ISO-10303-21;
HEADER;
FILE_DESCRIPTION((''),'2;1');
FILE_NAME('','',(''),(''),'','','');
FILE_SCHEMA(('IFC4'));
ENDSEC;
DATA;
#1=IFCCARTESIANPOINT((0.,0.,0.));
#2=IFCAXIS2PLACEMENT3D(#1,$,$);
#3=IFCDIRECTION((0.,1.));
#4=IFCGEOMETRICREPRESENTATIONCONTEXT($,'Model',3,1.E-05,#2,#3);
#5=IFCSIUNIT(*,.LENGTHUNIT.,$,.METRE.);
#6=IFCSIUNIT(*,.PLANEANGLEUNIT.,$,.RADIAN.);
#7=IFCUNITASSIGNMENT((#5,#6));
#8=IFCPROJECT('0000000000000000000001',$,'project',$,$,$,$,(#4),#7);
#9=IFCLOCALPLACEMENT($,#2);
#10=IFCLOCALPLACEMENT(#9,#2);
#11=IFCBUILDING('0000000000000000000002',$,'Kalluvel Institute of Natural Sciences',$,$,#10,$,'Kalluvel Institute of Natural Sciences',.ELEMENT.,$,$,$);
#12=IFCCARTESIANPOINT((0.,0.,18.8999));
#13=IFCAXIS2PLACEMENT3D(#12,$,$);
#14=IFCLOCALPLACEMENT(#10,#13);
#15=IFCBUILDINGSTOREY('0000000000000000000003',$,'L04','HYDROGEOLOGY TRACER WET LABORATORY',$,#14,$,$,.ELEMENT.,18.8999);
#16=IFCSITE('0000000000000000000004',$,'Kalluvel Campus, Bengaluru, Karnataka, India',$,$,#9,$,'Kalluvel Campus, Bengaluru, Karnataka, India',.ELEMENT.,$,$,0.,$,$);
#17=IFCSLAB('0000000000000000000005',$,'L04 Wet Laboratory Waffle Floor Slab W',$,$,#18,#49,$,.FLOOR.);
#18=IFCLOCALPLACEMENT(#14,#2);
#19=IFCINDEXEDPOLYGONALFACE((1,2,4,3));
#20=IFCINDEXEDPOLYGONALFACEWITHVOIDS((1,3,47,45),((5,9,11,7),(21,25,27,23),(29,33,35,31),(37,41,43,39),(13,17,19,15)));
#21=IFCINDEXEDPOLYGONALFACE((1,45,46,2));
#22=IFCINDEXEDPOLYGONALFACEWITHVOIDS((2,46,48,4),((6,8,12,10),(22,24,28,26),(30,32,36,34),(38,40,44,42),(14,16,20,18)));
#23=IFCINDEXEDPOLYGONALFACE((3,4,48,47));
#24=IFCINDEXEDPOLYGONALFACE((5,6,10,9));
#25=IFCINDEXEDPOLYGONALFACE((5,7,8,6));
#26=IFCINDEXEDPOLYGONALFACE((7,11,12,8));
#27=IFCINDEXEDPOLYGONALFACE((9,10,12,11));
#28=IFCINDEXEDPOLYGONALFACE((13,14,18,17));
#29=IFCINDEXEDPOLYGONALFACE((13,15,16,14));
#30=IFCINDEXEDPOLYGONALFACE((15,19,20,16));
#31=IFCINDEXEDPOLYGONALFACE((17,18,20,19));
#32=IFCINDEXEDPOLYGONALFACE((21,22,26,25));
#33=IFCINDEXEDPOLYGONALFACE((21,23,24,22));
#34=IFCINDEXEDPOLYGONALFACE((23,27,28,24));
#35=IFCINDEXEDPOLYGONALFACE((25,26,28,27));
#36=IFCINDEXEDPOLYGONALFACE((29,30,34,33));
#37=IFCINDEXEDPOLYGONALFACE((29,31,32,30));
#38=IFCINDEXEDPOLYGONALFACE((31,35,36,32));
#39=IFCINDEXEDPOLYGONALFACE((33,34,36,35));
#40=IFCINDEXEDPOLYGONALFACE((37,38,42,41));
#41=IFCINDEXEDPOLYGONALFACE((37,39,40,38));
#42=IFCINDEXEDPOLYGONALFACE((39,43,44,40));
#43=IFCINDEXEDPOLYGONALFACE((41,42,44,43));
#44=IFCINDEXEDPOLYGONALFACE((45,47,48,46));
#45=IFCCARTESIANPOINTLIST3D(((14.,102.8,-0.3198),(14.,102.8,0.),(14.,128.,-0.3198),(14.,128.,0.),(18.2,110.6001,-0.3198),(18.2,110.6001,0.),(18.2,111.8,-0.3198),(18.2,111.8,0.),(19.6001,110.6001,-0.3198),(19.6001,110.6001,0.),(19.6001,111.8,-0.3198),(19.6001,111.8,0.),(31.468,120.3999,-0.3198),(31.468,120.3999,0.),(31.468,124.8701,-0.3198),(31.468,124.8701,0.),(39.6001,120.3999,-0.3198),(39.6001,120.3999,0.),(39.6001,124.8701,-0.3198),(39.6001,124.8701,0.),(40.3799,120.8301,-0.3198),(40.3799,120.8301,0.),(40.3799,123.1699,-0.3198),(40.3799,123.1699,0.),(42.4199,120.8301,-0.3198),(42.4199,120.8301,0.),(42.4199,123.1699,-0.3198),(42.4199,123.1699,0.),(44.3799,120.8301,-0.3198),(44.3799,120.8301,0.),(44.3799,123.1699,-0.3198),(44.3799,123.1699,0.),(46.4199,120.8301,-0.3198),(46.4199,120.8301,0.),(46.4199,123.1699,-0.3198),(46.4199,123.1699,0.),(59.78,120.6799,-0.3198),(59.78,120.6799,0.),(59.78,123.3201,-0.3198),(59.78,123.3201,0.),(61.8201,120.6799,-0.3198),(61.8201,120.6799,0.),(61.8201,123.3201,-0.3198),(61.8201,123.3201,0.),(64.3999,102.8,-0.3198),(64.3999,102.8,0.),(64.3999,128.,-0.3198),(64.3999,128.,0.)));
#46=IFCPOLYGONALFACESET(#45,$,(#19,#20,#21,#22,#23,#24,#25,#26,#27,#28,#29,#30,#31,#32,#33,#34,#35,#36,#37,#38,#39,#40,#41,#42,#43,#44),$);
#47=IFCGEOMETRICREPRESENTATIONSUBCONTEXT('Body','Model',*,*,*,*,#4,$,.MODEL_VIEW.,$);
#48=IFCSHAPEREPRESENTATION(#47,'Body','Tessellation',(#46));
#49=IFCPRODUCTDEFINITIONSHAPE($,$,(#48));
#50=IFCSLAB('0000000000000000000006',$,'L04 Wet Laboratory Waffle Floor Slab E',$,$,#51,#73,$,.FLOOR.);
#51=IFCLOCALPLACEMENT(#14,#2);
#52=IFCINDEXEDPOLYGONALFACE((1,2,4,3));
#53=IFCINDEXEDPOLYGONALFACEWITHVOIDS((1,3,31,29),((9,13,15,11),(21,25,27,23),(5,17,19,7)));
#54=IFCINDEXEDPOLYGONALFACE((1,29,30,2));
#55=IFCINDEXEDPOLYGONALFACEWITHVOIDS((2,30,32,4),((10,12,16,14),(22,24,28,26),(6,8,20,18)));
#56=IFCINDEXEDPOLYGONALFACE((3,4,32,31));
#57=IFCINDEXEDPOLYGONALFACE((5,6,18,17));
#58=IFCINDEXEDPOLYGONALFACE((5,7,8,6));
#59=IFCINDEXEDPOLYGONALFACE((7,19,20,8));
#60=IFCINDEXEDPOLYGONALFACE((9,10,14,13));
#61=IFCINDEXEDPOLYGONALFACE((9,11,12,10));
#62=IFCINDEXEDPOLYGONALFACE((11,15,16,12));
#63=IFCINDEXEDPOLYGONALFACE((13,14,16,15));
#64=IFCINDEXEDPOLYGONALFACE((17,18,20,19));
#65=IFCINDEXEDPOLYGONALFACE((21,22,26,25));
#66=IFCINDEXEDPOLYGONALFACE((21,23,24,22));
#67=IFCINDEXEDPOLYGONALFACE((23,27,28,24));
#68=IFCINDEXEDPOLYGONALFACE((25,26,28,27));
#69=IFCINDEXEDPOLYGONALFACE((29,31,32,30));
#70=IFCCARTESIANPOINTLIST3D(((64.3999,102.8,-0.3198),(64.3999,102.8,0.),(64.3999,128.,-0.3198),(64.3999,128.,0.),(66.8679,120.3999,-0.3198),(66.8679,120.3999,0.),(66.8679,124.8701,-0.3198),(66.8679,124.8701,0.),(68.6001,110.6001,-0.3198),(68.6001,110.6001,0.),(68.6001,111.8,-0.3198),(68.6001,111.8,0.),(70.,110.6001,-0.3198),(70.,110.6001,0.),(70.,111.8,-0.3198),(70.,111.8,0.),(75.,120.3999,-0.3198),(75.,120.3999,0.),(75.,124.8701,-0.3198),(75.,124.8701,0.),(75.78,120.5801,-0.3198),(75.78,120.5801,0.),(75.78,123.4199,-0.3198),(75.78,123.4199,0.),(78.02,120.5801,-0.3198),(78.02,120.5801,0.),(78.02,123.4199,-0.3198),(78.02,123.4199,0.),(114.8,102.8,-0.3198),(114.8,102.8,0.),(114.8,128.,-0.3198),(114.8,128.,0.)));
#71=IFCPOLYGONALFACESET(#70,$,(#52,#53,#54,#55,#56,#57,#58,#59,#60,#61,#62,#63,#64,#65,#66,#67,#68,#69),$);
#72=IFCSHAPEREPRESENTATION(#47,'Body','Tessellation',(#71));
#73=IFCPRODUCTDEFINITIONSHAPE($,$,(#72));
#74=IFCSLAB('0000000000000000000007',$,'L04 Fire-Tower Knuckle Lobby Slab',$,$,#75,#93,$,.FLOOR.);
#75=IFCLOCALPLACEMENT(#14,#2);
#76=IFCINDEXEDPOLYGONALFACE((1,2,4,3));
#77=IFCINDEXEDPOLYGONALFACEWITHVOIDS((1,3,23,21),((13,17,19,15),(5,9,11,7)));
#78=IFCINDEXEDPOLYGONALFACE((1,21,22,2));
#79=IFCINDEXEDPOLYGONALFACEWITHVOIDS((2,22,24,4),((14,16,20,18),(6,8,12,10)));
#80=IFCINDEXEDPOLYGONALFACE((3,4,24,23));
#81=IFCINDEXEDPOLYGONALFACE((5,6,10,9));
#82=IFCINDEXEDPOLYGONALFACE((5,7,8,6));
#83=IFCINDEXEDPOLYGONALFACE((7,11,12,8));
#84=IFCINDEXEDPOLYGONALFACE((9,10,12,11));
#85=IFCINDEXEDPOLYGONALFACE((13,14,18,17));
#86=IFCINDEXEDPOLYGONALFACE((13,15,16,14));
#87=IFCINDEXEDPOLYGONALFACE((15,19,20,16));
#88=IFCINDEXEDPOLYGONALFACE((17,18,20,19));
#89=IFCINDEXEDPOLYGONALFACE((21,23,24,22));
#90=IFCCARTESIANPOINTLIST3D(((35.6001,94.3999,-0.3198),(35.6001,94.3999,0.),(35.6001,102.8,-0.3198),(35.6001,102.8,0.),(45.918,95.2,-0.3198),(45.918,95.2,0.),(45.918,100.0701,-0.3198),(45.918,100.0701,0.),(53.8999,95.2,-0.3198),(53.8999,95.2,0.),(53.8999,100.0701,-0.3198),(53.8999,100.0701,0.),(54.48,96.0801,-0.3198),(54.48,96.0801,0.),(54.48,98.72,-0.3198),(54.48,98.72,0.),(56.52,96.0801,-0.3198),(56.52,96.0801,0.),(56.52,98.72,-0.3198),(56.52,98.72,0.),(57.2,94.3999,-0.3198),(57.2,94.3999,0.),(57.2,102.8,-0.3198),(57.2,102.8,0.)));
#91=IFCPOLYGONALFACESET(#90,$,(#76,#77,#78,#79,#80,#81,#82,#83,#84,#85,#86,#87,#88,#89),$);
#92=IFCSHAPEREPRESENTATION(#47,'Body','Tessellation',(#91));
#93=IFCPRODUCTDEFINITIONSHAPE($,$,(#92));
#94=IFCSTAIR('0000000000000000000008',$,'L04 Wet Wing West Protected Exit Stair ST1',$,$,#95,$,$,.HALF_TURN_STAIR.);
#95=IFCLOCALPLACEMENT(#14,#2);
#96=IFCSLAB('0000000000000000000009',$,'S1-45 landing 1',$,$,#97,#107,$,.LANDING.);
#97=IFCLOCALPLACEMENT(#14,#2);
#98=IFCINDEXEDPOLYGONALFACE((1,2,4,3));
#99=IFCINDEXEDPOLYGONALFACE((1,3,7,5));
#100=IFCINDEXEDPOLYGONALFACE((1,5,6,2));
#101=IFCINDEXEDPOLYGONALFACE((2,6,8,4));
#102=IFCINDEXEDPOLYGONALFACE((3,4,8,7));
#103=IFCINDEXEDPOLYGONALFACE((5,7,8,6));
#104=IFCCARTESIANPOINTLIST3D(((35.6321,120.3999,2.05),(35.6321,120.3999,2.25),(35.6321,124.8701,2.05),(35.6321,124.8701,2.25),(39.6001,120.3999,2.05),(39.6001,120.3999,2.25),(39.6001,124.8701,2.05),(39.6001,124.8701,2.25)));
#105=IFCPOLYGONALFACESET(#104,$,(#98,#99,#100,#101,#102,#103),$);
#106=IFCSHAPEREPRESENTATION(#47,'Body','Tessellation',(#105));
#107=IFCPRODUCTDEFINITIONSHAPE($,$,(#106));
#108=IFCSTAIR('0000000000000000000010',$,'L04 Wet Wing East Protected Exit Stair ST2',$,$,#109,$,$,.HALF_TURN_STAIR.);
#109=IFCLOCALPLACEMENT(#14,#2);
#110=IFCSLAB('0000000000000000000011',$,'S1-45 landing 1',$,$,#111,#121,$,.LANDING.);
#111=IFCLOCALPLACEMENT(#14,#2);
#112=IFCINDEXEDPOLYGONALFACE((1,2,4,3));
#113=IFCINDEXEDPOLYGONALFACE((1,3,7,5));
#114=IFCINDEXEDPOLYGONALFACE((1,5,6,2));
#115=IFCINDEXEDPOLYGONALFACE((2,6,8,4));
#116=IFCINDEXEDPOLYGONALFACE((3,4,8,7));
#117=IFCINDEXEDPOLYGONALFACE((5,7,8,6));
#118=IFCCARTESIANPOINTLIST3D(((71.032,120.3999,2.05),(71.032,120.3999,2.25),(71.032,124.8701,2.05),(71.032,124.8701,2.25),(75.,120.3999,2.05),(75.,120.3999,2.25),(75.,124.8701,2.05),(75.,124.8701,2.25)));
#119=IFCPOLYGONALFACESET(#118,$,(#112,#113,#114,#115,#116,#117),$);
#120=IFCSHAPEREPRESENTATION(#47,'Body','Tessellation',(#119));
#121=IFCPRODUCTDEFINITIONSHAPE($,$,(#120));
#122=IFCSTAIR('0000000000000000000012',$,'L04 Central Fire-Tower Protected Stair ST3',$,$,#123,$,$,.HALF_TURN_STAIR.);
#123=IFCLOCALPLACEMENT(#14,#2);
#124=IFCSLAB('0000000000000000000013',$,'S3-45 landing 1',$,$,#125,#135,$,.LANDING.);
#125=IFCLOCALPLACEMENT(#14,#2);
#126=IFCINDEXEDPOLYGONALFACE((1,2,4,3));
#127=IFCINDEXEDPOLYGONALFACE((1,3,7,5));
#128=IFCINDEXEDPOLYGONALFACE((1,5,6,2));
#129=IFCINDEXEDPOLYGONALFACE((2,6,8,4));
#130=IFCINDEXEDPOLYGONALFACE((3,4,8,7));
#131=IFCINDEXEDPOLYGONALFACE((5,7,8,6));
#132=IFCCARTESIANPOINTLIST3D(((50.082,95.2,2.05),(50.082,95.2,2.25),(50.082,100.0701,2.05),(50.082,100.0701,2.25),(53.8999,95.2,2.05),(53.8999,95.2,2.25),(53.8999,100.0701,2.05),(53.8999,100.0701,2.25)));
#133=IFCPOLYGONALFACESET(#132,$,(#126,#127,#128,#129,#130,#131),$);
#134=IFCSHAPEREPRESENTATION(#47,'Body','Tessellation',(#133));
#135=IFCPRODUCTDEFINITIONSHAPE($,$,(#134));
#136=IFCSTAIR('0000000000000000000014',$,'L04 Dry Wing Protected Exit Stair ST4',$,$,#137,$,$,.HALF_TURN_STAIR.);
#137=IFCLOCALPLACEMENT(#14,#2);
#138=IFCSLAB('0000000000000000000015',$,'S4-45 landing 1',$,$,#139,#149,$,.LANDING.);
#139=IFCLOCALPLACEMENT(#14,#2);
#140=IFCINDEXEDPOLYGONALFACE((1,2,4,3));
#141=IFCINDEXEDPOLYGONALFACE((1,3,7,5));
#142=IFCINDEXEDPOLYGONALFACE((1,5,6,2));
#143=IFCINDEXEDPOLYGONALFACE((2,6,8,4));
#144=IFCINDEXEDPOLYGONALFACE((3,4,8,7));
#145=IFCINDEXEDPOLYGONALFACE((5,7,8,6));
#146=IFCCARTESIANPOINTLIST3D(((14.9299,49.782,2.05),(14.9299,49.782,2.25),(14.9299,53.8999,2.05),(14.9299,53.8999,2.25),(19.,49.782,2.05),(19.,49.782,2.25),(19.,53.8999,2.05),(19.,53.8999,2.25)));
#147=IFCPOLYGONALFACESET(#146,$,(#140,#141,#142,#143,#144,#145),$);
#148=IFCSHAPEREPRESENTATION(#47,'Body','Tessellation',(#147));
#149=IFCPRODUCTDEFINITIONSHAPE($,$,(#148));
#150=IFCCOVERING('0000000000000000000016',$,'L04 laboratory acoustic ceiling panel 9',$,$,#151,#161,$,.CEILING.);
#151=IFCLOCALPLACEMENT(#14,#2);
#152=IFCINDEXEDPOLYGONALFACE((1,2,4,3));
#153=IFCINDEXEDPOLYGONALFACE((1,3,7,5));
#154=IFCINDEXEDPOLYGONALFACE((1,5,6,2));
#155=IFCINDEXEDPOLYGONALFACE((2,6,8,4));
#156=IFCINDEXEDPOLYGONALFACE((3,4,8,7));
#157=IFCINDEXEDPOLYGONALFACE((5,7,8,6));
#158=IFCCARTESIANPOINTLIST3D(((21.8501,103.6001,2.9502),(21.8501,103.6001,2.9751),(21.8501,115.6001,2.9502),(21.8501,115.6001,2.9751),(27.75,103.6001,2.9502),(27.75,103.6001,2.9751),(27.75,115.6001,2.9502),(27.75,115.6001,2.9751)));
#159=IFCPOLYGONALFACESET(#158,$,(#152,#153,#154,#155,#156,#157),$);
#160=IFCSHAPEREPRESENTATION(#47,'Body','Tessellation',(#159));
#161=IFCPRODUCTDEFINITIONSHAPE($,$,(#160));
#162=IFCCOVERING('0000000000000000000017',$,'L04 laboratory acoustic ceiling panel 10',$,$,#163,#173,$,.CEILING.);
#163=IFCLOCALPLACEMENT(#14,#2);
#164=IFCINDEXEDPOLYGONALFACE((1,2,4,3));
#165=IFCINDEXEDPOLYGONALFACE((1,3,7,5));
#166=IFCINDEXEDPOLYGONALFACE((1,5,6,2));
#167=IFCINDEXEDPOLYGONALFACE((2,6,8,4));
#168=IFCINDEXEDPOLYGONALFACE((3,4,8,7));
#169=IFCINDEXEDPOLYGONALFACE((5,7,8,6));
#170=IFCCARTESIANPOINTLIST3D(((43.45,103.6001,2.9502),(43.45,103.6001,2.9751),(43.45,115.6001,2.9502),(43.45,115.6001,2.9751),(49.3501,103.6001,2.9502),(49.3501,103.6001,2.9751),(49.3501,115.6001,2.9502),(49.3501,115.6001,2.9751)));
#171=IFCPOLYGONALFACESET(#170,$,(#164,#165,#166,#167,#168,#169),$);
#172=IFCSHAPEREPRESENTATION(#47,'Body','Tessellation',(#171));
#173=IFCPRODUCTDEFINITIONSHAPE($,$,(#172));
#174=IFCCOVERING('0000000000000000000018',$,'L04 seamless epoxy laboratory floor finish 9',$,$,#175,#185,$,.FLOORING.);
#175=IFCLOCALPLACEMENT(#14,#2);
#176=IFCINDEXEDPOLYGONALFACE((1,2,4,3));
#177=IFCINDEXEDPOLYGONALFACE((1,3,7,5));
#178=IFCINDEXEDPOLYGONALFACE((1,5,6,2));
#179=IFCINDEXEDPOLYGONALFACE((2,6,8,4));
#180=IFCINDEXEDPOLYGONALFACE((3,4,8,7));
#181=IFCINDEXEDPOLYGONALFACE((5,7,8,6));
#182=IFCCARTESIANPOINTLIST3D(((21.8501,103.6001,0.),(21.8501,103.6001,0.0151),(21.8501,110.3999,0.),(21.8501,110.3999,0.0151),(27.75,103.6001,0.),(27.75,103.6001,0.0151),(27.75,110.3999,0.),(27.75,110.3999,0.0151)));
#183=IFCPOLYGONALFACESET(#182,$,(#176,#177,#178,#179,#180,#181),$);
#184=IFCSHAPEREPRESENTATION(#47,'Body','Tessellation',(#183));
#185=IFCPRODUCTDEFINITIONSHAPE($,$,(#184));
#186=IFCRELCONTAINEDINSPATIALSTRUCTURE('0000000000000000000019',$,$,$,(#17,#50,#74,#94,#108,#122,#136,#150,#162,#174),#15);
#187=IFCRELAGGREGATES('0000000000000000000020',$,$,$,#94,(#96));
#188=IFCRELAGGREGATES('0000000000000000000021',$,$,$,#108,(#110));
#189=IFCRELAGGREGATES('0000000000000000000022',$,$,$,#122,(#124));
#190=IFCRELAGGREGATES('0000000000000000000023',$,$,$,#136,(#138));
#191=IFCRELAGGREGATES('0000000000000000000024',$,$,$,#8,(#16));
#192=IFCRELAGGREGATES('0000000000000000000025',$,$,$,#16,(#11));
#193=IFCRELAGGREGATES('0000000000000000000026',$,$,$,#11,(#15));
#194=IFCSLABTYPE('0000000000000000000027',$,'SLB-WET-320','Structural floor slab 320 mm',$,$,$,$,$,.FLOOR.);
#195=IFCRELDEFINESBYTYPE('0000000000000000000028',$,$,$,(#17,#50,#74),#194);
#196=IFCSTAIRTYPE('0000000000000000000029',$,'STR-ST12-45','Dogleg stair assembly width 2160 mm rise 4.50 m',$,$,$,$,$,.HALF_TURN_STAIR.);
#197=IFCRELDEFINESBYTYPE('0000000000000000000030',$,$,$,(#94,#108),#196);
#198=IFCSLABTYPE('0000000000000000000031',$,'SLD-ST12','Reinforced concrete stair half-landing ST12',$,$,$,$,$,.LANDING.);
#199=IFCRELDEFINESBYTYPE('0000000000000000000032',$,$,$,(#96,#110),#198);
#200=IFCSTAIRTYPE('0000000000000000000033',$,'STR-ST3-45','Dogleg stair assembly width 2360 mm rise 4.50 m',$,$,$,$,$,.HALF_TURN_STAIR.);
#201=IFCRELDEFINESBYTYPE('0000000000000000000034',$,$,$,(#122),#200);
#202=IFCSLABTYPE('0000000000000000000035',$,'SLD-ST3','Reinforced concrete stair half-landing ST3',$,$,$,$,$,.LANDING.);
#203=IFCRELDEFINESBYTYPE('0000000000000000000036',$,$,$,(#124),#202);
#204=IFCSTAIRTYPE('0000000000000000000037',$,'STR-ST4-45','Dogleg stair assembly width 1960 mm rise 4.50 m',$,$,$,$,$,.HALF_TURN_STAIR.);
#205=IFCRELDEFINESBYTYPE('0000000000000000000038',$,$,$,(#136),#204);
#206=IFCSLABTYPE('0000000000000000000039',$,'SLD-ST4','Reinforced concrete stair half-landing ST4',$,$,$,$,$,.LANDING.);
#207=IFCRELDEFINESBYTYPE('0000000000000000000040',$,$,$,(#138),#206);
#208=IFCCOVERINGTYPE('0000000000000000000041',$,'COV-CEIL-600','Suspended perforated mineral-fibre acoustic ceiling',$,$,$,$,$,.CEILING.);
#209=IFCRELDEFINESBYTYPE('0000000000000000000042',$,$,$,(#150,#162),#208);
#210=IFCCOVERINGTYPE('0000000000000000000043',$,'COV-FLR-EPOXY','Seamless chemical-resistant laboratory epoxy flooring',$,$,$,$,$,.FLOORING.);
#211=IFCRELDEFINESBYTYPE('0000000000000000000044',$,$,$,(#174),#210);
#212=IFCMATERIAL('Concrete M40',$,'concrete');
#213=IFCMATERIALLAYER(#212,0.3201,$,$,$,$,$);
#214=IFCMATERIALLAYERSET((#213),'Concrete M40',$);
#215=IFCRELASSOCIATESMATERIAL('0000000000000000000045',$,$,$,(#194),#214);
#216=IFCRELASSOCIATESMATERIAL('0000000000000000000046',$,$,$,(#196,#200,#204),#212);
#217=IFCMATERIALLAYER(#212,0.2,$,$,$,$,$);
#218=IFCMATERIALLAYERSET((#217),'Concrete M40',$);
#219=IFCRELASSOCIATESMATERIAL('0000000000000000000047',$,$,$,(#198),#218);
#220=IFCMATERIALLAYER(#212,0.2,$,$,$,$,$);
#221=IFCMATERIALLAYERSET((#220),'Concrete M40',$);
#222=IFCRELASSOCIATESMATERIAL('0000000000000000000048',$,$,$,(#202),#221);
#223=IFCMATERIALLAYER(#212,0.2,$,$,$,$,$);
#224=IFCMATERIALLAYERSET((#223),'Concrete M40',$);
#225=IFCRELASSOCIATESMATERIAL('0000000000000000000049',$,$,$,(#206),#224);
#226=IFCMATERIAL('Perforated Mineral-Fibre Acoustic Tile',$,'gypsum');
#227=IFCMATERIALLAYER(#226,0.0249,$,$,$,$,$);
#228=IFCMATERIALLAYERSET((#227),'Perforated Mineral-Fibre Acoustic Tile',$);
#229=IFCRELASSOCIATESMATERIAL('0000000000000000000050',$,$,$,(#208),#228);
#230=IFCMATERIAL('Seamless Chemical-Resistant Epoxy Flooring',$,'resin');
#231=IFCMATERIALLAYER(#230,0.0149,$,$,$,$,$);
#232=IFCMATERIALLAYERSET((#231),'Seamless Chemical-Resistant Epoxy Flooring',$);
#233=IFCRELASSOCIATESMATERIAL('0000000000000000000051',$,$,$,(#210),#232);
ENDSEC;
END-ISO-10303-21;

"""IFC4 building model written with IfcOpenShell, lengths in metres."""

from ifc_helpers import new_model, si_unit, direction, frame, origin, place, context, subcontext, project, spatial, polyline, outline, extrude, material, layer, layer_set, type_object, element, aggregate, save


model = new_model("IFC4")

# Units and contexts
model_context = context("Model", 3, precision=1e-05, world=origin(), true_north=direction((0.0, 1.0)))
body_context = subcontext(model_context, "Body", "Model", "MODEL_VIEW")
ifc_project = project(units=[si_unit("LENGTHUNIT", "METRE"), si_unit("PLANEANGLEUNIT", "RADIAN")], contexts=[model_context])

# Site, building, storey
site_placement = place(None, origin())
site = spatial("IfcSite", under=ifc_project, at=site_placement, Name="Kalluvel Campus, Bengaluru, Karnataka, India", LongName="Kalluvel Campus, Bengaluru, Karnataka, India", CompositionType="ELEMENT", RefElevation=0.0)
building_placement = place(site_placement, origin())
building = spatial("IfcBuilding", under=site, at=building_placement, Name="Kalluvel Institute of Natural Sciences", LongName="Kalluvel Institute of Natural Sciences", CompositionType="ELEMENT")
storey_placement = place(building_placement, frame((0.0, 0.0, 18.8999)))
storey = spatial("IfcBuildingStorey", under=building, at=storey_placement, Name="L04", Description="HYDROGEOLOGY TRACER WET LABORATORY", CompositionType="ELEMENT", Elevation=18.8999)

# Shared definitions
ifc_material_1 = material(Name="Concrete M40", Category="concrete")

# Slabs
ifc_layer_1 = layer(ifc_material_1, 0.3201)
ifc_layer_set_1 = layer_set([ifc_layer_1], Name="Concrete M40")
slab_type_1 = type_object("IfcSlabType", Name="SLB-WET-320", Description="Structural floor slab 320 mm", PredefinedType="FLOOR", material=ifc_layer_set_1)
slab_1_placement = place(storey_placement, frame((0.0, 0.0, -0.3198)))
element("IfcSlab", 1, at=slab_1_placement, inside=storey, type_object=slab_type_1, Name="L04 Wet Laboratory Waffle Floor Slab W", PredefinedType="FLOOR", context=body_context, shape_type="SweptSolid", body=[
    extrude(outline(polyline([(14.0, 102.8), (64.3999, 102.8), (64.3999, 128.0), (14.0, 128.0), (14.0, 102.8)]), holes=[polyline([(61.8201, 120.6799), (59.78, 120.6799), (59.78, 123.3201), (61.8201, 123.3201), (61.8201, 120.6799)]), polyline([(46.4199, 123.1699), (46.4199, 120.8301), (44.3799, 120.8301), (44.3799, 123.1699), (46.4199, 123.1699)]), polyline([(42.4199, 123.1699), (42.4199, 120.8301), (40.3799, 120.8301), (40.3799, 123.1699), (42.4199, 123.1699)]), polyline([(39.6001, 120.3999), (31.468, 120.3999), (31.468, 124.8701), (39.6001, 124.8701), (39.6001, 120.3999)]), polyline([(19.6001, 111.8), (19.6001, 110.6001), (18.2, 110.6001), (18.2, 111.8), (19.6001, 111.8)])]), origin(), (0.0, 0.0, 1.0), 0.3198),
])
slab_2_placement = place(storey_placement, frame((0.0, 0.0, -0.3198)))
element("IfcSlab", 2, at=slab_2_placement, inside=storey, type_object=slab_type_1, Name="L04 Wet Laboratory Waffle Floor Slab E", PredefinedType="FLOOR", context=body_context, shape_type="SweptSolid", body=[
    extrude(outline(polyline([(64.3999, 102.8), (114.8, 102.8), (114.8, 128.0), (64.3999, 128.0), (64.3999, 102.8)]), holes=[polyline([(78.02, 123.4199), (78.02, 120.5801), (75.78, 120.5801), (75.78, 123.4199), (78.02, 123.4199)]), polyline([(75.0, 124.8701), (75.0, 120.3999), (66.8679, 120.3999), (66.8679, 124.8701), (75.0, 124.8701)]), polyline([(68.6001, 111.8), (70.0, 111.8), (70.0, 110.6001), (68.6001, 110.6001), (68.6001, 111.8)])]), origin(), (0.0, 0.0, 1.0), 0.3198),
])
slab_3_placement = place(storey_placement, frame((0.0, 0.0, -0.3198)))
element("IfcSlab", 3, at=slab_3_placement, inside=storey, type_object=slab_type_1, Name="L04 Fire-Tower Knuckle Lobby Slab", PredefinedType="FLOOR", context=body_context, shape_type="SweptSolid", body=[
    extrude(outline(polyline([(35.6001, 94.3999), (57.2, 94.3999), (57.2, 102.8), (35.6001, 102.8), (35.6001, 94.3999)]), holes=[polyline([(54.48, 98.72), (56.52, 98.72), (56.52, 96.0801), (54.48, 96.0801), (54.48, 98.72)]), polyline([(45.918, 100.0701), (53.8999, 100.0701), (53.8999, 95.2), (45.918, 95.2), (45.918, 100.0701)])]), origin(), (0.0, 0.0, 1.0), 0.3198),
])

# Stairs, slabs
stair_type_1 = type_object("IfcStairType", Name="STR-ST12-45", Description="Dogleg stair assembly width 2160 mm rise 4.50 m", PredefinedType="HALF_TURN_STAIR", material=ifc_material_1)
stair_1_placement = place(storey_placement, origin())
stair_1 = element("IfcStair", 4, at=stair_1_placement, inside=storey, type_object=stair_type_1, Name="L04 Wet Wing West Protected Exit Stair ST1", PredefinedType="HALF_TURN_STAIR")
ifc_layer_2 = layer(ifc_material_1, 0.2)
ifc_layer_set_2 = layer_set([ifc_layer_2], Name="Concrete M40")
slab_type_2 = type_object("IfcSlabType", Name="SLD-ST12", Description="Reinforced concrete stair half-landing ST12", PredefinedType="LANDING", material=ifc_layer_set_2)
slab_4_placement = place(storey_placement, frame((0.0, 0.0, 2.05)))
slab_4 = element("IfcSlab", 5, at=slab_4_placement, type_object=slab_type_2, Name="S1-45 landing 1", PredefinedType="LANDING", context=body_context, shape_type="SweptSolid", body=[
    extrude(outline(polyline([(35.6321, 120.3999), (39.6001, 120.3999), (39.6001, 124.8701), (35.6321, 124.8701), (35.6321, 120.3999)])), origin(), (0.0, 0.0, 1.0), 0.2),
])
aggregate(stair_1, [slab_4])
stair_2_placement = place(storey_placement, origin())
stair_2 = element("IfcStair", 6, at=stair_2_placement, inside=storey, type_object=stair_type_1, Name="L04 Wet Wing East Protected Exit Stair ST2", PredefinedType="HALF_TURN_STAIR")
slab_5_placement = place(storey_placement, frame((0.0, 0.0, 2.05)))
slab_5 = element("IfcSlab", 7, at=slab_5_placement, type_object=slab_type_2, Name="S1-45 landing 1", PredefinedType="LANDING", context=body_context, shape_type="SweptSolid", body=[
    extrude(outline(polyline([(71.032, 120.3999), (75.0, 120.3999), (75.0, 124.8701), (71.032, 124.8701), (71.032, 120.3999)])), origin(), (0.0, 0.0, 1.0), 0.2),
])
aggregate(stair_2, [slab_5])
stair_type_2 = type_object("IfcStairType", Name="STR-ST3-45", Description="Dogleg stair assembly width 2360 mm rise 4.50 m", PredefinedType="HALF_TURN_STAIR", material=ifc_material_1)
stair_3_placement = place(storey_placement, origin())
stair_3 = element("IfcStair", 8, at=stair_3_placement, inside=storey, type_object=stair_type_2, Name="L04 Central Fire-Tower Protected Stair ST3", PredefinedType="HALF_TURN_STAIR")
ifc_layer_3 = layer(ifc_material_1, 0.2)
ifc_layer_set_3 = layer_set([ifc_layer_3], Name="Concrete M40")
slab_type_3 = type_object("IfcSlabType", Name="SLD-ST3", Description="Reinforced concrete stair half-landing ST3", PredefinedType="LANDING", material=ifc_layer_set_3)
slab_6_placement = place(storey_placement, frame((0.0, 0.0, 2.05)))
slab_6 = element("IfcSlab", 9, at=slab_6_placement, type_object=slab_type_3, Name="S3-45 landing 1", PredefinedType="LANDING", context=body_context, shape_type="SweptSolid", body=[
    extrude(outline(polyline([(50.082, 95.2), (53.8999, 95.2), (53.8999, 100.0701), (50.082, 100.0701), (50.082, 95.2)])), origin(), (0.0, 0.0, 1.0), 0.2),
])
aggregate(stair_3, [slab_6])
stair_type_3 = type_object("IfcStairType", Name="STR-ST4-45", Description="Dogleg stair assembly width 1960 mm rise 4.50 m", PredefinedType="HALF_TURN_STAIR", material=ifc_material_1)
stair_4_placement = place(storey_placement, origin())
stair_4 = element("IfcStair", 10, at=stair_4_placement, inside=storey, type_object=stair_type_3, Name="L04 Dry Wing Protected Exit Stair ST4", PredefinedType="HALF_TURN_STAIR")
ifc_layer_4 = layer(ifc_material_1, 0.2)
ifc_layer_set_4 = layer_set([ifc_layer_4], Name="Concrete M40")
slab_type_4 = type_object("IfcSlabType", Name="SLD-ST4", Description="Reinforced concrete stair half-landing ST4", PredefinedType="LANDING", material=ifc_layer_set_4)
slab_7_placement = place(storey_placement, frame((0.0, 0.0, 2.05)))
slab_7 = element("IfcSlab", 11, at=slab_7_placement, type_object=slab_type_4, Name="S4-45 landing 1", PredefinedType="LANDING", context=body_context, shape_type="SweptSolid", body=[
    extrude(outline(polyline([(19.0, 49.782), (19.0, 53.8999), (14.9299, 53.8999), (14.9299, 49.782), (19.0, 49.782)])), origin(), (0.0, 0.0, 1.0), 0.2),
])
aggregate(stair_4, [slab_7])

# Coverings
ifc_material_2 = material(Name="Perforated Mineral-Fibre Acoustic Tile", Category="gypsum")
ifc_layer_5 = layer(ifc_material_2, 0.0249)
ifc_layer_set_5 = layer_set([ifc_layer_5], Name="Perforated Mineral-Fibre Acoustic Tile")
covering_type_1 = type_object("IfcCoveringType", Name="COV-CEIL-600", Description="Suspended perforated mineral-fibre acoustic ceiling", PredefinedType="CEILING", material=ifc_layer_set_5)
covering_1_placement = place(storey_placement, frame((0.0, 0.0, 2.9502)))
element("IfcCovering", 12, at=covering_1_placement, inside=storey, type_object=covering_type_1, Name="L04 laboratory acoustic ceiling panel 9", PredefinedType="CEILING", context=body_context, shape_type="SweptSolid", body=[
    extrude(outline(polyline([(21.8501, 103.6001), (27.75, 103.6001), (27.75, 115.6001), (21.8501, 115.6001), (21.8501, 103.6001)])), origin(), (0.0, 0.0, 1.0), 0.0249),
])
covering_2_placement = place(storey_placement, frame((0.0, 0.0, 2.9502)))
element("IfcCovering", 13, at=covering_2_placement, inside=storey, type_object=covering_type_1, Name="L04 laboratory acoustic ceiling panel 10", PredefinedType="CEILING", context=body_context, shape_type="SweptSolid", body=[
    extrude(outline(polyline([(43.45, 103.6001), (49.3501, 103.6001), (49.3501, 115.6001), (43.45, 115.6001), (43.45, 103.6001)])), origin(), (0.0, 0.0, 1.0), 0.0249),
])
ifc_material_3 = material(Name="Seamless Chemical-Resistant Epoxy Flooring", Category="resin")
ifc_layer_6 = layer(ifc_material_3, 0.0149)
ifc_layer_set_6 = layer_set([ifc_layer_6], Name="Seamless Chemical-Resistant Epoxy Flooring")
covering_type_2 = type_object("IfcCoveringType", Name="COV-FLR-EPOXY", Description="Seamless chemical-resistant laboratory epoxy flooring", PredefinedType="FLOORING", material=ifc_layer_set_6)
covering_3_placement = place(storey_placement, origin())
element("IfcCovering", 14, at=covering_3_placement, inside=storey, type_object=covering_type_2, Name="L04 seamless epoxy laboratory floor finish 9", PredefinedType="FLOORING", context=body_context, shape_type="SweptSolid", body=[
    extrude(outline(polyline([(21.8501, 103.6001), (27.75, 103.6001), (27.75, 110.3999), (21.8501, 110.3999), (21.8501, 103.6001)])), origin(), (0.0, 0.0, 1.0), 0.0151),
])

save(model, "model.ifc")
